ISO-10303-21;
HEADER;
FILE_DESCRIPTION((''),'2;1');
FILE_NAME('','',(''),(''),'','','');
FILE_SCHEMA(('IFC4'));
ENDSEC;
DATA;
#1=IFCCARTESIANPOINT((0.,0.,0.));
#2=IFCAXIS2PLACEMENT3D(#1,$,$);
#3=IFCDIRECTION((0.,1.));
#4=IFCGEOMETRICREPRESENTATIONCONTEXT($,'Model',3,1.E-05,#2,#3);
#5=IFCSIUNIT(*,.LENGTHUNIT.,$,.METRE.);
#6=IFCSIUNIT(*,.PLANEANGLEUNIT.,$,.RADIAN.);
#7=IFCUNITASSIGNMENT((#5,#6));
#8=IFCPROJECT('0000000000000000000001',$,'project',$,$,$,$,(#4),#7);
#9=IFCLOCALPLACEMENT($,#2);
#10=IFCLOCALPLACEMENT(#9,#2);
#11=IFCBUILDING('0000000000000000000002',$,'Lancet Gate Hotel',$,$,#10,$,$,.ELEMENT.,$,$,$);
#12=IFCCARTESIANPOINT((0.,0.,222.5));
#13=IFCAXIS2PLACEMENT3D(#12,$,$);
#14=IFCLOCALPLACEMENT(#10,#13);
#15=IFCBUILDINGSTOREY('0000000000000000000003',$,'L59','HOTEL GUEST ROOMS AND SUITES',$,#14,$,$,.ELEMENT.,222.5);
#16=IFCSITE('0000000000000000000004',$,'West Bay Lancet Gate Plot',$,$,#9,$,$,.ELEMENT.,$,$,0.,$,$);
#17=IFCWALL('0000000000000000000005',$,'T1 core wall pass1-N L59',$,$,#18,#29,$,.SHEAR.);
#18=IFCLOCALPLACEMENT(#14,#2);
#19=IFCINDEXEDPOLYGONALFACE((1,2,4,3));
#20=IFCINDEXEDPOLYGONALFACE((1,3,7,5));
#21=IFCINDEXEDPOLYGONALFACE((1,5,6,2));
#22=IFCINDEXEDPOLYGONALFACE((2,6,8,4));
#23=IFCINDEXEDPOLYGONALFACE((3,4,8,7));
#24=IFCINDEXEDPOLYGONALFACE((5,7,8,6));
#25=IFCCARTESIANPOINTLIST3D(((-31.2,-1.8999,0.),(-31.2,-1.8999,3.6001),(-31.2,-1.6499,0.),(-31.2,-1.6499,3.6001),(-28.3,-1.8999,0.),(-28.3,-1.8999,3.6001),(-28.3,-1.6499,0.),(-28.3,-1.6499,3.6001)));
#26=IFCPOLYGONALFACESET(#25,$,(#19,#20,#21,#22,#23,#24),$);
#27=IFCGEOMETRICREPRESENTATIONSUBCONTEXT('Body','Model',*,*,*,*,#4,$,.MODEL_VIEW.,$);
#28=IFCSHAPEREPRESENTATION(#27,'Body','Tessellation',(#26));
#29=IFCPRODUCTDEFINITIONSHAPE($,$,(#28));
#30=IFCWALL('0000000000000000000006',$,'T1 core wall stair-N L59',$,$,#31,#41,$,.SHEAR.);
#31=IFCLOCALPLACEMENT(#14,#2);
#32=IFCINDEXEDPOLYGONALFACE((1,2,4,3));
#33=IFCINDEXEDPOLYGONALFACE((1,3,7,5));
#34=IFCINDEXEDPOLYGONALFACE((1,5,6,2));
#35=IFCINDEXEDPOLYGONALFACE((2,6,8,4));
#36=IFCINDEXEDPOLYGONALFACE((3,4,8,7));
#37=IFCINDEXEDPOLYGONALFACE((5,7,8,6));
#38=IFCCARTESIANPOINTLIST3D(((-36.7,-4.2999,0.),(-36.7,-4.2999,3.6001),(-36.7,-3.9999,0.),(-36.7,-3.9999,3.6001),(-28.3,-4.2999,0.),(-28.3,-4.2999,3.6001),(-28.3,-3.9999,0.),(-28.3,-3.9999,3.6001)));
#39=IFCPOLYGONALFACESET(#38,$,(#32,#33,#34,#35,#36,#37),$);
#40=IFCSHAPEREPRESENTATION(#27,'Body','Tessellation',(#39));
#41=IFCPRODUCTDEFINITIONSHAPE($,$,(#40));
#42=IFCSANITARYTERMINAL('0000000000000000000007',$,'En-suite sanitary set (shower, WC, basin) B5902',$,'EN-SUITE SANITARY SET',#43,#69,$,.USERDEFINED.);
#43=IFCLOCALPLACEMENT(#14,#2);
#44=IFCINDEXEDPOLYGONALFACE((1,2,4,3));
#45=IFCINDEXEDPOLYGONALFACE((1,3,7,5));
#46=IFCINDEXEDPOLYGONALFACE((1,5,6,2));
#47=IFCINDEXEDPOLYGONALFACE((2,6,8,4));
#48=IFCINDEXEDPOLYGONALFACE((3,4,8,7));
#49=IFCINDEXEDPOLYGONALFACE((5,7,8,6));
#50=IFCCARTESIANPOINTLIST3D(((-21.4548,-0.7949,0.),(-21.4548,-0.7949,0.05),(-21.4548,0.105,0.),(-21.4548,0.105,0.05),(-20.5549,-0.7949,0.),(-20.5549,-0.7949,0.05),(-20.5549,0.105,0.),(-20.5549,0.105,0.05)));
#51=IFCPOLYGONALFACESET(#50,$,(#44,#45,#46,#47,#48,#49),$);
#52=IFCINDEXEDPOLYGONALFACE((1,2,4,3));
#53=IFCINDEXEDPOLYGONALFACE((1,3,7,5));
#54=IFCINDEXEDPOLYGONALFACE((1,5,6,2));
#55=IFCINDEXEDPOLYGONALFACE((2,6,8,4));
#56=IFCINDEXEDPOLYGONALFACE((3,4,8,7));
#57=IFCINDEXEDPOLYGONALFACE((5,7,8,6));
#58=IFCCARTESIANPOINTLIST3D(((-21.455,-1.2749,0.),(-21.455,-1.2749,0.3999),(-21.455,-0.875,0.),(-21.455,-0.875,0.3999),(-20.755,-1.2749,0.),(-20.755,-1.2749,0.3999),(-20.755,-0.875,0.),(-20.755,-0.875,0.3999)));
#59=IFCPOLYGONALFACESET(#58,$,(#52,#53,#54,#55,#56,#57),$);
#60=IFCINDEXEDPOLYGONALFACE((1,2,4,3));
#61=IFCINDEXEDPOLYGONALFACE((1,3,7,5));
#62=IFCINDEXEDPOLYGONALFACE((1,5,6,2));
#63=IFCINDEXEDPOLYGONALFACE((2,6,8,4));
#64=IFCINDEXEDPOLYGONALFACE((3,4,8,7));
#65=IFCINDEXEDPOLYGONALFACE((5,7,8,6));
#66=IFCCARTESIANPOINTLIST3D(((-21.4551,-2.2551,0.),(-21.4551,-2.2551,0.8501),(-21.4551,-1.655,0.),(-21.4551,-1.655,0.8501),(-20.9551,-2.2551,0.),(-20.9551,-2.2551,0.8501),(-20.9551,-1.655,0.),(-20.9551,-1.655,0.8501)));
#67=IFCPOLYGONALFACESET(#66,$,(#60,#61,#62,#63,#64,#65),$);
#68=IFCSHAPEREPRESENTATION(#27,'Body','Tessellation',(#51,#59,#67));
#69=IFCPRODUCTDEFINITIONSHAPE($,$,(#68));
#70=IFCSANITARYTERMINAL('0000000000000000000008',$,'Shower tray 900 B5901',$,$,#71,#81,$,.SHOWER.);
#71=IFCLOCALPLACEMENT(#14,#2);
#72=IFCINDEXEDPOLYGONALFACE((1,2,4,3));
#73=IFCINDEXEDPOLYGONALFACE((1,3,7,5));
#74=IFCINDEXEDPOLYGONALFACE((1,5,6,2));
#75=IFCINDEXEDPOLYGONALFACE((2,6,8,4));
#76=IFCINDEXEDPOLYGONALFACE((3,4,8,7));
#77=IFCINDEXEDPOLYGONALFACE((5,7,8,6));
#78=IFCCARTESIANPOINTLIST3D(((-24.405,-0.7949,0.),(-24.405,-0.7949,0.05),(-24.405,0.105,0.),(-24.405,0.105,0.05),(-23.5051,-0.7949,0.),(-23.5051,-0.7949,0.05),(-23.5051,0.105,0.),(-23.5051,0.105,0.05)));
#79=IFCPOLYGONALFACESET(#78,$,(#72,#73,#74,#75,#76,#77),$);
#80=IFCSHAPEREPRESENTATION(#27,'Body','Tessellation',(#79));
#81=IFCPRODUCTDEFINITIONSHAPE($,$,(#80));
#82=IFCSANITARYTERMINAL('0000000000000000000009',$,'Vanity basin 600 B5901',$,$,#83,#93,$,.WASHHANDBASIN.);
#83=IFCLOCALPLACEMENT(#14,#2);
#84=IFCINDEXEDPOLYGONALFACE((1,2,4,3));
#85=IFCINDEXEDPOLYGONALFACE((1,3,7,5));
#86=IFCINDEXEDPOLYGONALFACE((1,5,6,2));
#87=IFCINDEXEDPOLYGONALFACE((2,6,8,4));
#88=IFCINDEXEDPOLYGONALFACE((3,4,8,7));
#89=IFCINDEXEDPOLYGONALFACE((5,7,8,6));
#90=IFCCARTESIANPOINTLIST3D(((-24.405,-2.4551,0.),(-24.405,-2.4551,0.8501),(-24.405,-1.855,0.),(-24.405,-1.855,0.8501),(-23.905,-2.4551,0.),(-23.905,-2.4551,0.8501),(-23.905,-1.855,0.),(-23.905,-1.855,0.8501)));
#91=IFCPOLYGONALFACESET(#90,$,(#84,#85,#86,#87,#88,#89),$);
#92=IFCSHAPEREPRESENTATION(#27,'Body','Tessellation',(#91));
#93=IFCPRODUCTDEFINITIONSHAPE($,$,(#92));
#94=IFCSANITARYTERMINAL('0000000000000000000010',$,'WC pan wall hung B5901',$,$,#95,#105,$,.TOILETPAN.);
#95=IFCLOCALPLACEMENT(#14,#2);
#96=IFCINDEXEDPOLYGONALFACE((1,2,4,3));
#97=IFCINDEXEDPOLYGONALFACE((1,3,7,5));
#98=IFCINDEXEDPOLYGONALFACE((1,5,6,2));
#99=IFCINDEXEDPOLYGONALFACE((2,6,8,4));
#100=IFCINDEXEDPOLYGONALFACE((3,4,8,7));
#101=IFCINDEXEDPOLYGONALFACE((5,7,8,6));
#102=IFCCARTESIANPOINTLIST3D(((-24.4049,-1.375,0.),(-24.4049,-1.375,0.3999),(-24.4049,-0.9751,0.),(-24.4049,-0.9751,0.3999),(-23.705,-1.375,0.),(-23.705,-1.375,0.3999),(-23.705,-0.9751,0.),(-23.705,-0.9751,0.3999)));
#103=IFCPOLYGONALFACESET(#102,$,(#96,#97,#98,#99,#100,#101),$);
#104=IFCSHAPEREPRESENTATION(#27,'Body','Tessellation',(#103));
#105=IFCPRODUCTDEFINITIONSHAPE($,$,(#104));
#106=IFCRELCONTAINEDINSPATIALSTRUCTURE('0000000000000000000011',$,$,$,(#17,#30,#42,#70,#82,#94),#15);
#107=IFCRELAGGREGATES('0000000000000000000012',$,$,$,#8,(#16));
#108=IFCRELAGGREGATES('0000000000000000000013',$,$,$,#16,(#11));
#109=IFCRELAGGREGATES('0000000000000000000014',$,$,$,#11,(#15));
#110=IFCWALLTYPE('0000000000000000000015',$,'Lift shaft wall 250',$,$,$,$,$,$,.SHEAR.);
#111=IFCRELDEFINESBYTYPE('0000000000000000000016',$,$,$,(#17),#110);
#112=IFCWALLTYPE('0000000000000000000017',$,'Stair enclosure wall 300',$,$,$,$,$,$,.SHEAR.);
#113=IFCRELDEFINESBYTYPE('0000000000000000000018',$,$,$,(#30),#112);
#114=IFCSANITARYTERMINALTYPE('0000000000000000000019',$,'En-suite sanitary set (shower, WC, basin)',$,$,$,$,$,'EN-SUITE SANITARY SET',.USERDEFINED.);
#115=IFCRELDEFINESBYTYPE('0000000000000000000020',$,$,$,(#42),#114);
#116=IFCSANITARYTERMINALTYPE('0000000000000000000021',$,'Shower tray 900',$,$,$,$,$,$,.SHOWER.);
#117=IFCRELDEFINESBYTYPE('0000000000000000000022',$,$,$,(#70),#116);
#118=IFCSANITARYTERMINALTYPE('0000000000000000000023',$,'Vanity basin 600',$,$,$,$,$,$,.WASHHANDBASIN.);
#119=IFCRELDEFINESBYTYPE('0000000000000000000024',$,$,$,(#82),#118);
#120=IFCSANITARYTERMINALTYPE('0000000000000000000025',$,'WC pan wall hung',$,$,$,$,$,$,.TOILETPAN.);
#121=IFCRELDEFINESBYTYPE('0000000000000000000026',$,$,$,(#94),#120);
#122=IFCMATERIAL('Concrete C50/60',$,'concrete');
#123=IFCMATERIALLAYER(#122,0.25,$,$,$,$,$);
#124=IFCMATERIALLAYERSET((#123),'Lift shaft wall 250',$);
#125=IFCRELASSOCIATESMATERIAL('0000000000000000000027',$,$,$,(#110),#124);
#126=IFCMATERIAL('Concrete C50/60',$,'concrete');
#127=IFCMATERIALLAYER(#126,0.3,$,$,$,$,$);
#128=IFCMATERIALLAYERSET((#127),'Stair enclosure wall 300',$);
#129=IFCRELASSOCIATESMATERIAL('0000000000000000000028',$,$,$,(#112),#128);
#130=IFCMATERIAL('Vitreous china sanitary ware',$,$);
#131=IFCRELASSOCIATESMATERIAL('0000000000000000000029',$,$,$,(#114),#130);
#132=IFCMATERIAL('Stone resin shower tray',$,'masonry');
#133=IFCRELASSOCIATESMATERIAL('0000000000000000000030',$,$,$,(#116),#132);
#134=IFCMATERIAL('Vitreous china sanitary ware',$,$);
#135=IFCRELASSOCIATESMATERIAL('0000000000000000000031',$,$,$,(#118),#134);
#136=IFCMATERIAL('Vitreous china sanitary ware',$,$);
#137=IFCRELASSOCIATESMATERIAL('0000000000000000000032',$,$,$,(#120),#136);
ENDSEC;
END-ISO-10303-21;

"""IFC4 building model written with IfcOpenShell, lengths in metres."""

from ifc_helpers import new_model, si_unit, direction, frame, frame_2d, origin, origin_2d, place, context, subcontext, project, spatial, rectangle, extrude, material, layer, layer_set, type_object, element, save


model = new_model("IFC4")

# Units and contexts
model_context = context("Model", 3, precision=1e-05, world=origin(), true_north=direction((0.0, 1.0)))
body_context = subcontext(model_context, "Body", "Model", "MODEL_VIEW")
ifc_project = project(units=[si_unit("LENGTHUNIT", "METRE"), si_unit("PLANEANGLEUNIT", "RADIAN")], contexts=[model_context])

# Site, building, storey
site_placement = place(None, origin())
site = spatial("IfcSite", under=ifc_project, at=site_placement, Name="West Bay Lancet Gate Plot", CompositionType="ELEMENT", RefElevation=0.0)
building_placement = place(site_placement, origin())
building = spatial("IfcBuilding", under=site, at=building_placement, Name="Lancet Gate Hotel", CompositionType="ELEMENT")
storey_placement = place(building_placement, frame((0.0, 0.0, 222.5)))
storey = spatial("IfcBuildingStorey", under=building, at=storey_placement, Name="L59", Description="HOTEL GUEST ROOMS AND SUITES", CompositionType="ELEMENT", Elevation=222.5)

# Walls
ifc_material_1 = material(Name="Concrete C50/60", Category="concrete")
ifc_layer_1 = layer(ifc_material_1, 0.25)
ifc_layer_set_1 = layer_set([ifc_layer_1], Name="Lift shaft wall 250")
wall_type_1 = type_object("IfcWallType", Name="Lift shaft wall 250", PredefinedType="SHEAR", material=ifc_layer_set_1)
wall_1_placement = place(storey_placement, frame((-28.3, -1.7749, 0.0), z_axis=(0.0, 0.0, 1.0), x_axis=(-1.0, 0.0, 0.0)))
element("IfcWall", 1, at=wall_1_placement, inside=storey, type_object=wall_type_1, Name="T1 core wall pass1-N L59", PredefinedType="SHEAR", context=body_context, shape_type="SweptSolid", body=[
    extrude(rectangle(XDim=2.8999, YDim=0.25, at=frame_2d((1.45, 0.0))), origin(), (0.0, 0.0, 1.0), 3.6001),
])
ifc_material_2 = material(Name="Concrete C50/60", Category="concrete")
ifc_layer_2 = layer(ifc_material_2, 0.3)
ifc_layer_set_2 = layer_set([ifc_layer_2], Name="Stair enclosure wall 300")
wall_type_2 = type_object("IfcWallType", Name="Stair enclosure wall 300", PredefinedType="SHEAR", material=ifc_layer_set_2)
wall_2_placement = place(storey_placement, frame((-28.3, -4.1499, 0.0), z_axis=(0.0, 0.0, 1.0), x_axis=(-1.0, 0.0, 0.0)))
element("IfcWall", 2, at=wall_2_placement, inside=storey, type_object=wall_type_2, Name="T1 core wall stair-N L59", PredefinedType="SHEAR", context=body_context, shape_type="SweptSolid", body=[
    extrude(rectangle(XDim=8.3999, YDim=0.3, at=frame_2d((4.2, 0.0))), origin(), (0.0, 0.0, 1.0), 3.6001),
])

# Sanitary terminals
ifc_material_3 = material(Name="Vitreous china sanitary ware")
sanitary_terminal_type_1 = type_object("IfcSanitaryTerminalType", Name="En-suite sanitary set (shower, WC, basin)", ElementType="EN-SUITE SANITARY SET", PredefinedType="USERDEFINED", material=ifc_material_3)
sanitary_terminal_1_placement = place(storey_placement, frame((-21.0049, -0.345, 0.0), z_axis=(0.0, 0.0, 1.0), x_axis=(1.0, 0.0, 0.0)))
element("IfcSanitaryTerminal", 3, at=sanitary_terminal_1_placement, inside=storey, type_object=sanitary_terminal_type_1, Name="En-suite sanitary set (shower, WC, basin) B5902", ObjectType="EN-SUITE SANITARY SET", PredefinedType="USERDEFINED", context=body_context, shape_type="SweptSolid", body=[
    extrude(rectangle(XDim=0.8999, YDim=0.8999, at=origin_2d()), frame((0.0, 0.0, 0.0), z_axis=(0.0, 0.0, 1.0), x_axis=(0.0, 1.0, 0.0)), (0.0, 0.0, 1.0), 0.05),
    extrude(rectangle(XDim=0.3999, YDim=0.7, at=origin_2d()), frame((-0.1001, -0.73, 0.0), z_axis=(0.0, 0.0, 1.0), x_axis=(0.0, 1.0, 0.0)), (0.0, 0.0, 1.0), 0.3999),
    extrude(rectangle(XDim=0.6001, YDim=0.5, at=origin_2d()), frame((-0.2002, -1.6101, 0.0), z_axis=(0.0, 0.0, 1.0), x_axis=(0.0, 1.0, 0.0)), (0.0, 0.0, 1.0), 0.8501),
])
ifc_material_4 = material(Name="Stone resin shower tray", Category="masonry")
sanitary_terminal_type_2 = type_object("IfcSanitaryTerminalType", Name="Shower tray 900", PredefinedType="SHOWER", material=ifc_material_4)
sanitary_terminal_2_placement = place(storey_placement, frame((-23.9551, -0.345, 0.0), z_axis=(0.0, 0.0, 1.0), x_axis=(0.0, 1.0, 0.0)))
element("IfcSanitaryTerminal", 4, at=sanitary_terminal_2_placement, inside=storey, type_object=sanitary_terminal_type_2, Name="Shower tray 900 B5901", PredefinedType="SHOWER", context=body_context, shape_type="SweptSolid", body=[
    extrude(rectangle(XDim=0.8999, YDim=0.8999, at=origin_2d()), origin(), (0.0, 0.0, 1.0), 0.05),
])
ifc_material_5 = material(Name="Vitreous china sanitary ware")
sanitary_terminal_type_3 = type_object("IfcSanitaryTerminalType", Name="Vanity basin 600", PredefinedType="WASHHANDBASIN", material=ifc_material_5)
sanitary_terminal_3_placement = place(storey_placement, frame((-24.155, -2.155, 0.0), z_axis=(0.0, 0.0, 1.0), x_axis=(0.0, 1.0, 0.0)))
element("IfcSanitaryTerminal", 5, at=sanitary_terminal_3_placement, inside=storey, type_object=sanitary_terminal_type_3, Name="Vanity basin 600 B5901", PredefinedType="WASHHANDBASIN", context=body_context, shape_type="SweptSolid", body=[
    extrude(rectangle(XDim=0.6001, YDim=0.5, at=origin_2d()), origin(), (0.0, 0.0, 1.0), 0.8501),
])
ifc_material_6 = material(Name="Vitreous china sanitary ware")
sanitary_terminal_type_4 = type_object("IfcSanitaryTerminalType", Name="WC pan wall hung", PredefinedType="TOILETPAN", material=ifc_material_6)
sanitary_terminal_4_placement = place(storey_placement, frame((-24.0549, -1.175, 0.0), z_axis=(0.0, 0.0, 1.0), x_axis=(0.0, 1.0, 0.0)))
element("IfcSanitaryTerminal", 6, at=sanitary_terminal_4_placement, inside=storey, type_object=sanitary_terminal_type_4, Name="WC pan wall hung B5901", PredefinedType="TOILETPAN", context=body_context, shape_type="SweptSolid", body=[
    extrude(rectangle(XDim=0.3999, YDim=0.7, at=origin_2d()), origin(), (0.0, 0.0, 1.0), 0.3999),
])

save(model, "model.ifc")
